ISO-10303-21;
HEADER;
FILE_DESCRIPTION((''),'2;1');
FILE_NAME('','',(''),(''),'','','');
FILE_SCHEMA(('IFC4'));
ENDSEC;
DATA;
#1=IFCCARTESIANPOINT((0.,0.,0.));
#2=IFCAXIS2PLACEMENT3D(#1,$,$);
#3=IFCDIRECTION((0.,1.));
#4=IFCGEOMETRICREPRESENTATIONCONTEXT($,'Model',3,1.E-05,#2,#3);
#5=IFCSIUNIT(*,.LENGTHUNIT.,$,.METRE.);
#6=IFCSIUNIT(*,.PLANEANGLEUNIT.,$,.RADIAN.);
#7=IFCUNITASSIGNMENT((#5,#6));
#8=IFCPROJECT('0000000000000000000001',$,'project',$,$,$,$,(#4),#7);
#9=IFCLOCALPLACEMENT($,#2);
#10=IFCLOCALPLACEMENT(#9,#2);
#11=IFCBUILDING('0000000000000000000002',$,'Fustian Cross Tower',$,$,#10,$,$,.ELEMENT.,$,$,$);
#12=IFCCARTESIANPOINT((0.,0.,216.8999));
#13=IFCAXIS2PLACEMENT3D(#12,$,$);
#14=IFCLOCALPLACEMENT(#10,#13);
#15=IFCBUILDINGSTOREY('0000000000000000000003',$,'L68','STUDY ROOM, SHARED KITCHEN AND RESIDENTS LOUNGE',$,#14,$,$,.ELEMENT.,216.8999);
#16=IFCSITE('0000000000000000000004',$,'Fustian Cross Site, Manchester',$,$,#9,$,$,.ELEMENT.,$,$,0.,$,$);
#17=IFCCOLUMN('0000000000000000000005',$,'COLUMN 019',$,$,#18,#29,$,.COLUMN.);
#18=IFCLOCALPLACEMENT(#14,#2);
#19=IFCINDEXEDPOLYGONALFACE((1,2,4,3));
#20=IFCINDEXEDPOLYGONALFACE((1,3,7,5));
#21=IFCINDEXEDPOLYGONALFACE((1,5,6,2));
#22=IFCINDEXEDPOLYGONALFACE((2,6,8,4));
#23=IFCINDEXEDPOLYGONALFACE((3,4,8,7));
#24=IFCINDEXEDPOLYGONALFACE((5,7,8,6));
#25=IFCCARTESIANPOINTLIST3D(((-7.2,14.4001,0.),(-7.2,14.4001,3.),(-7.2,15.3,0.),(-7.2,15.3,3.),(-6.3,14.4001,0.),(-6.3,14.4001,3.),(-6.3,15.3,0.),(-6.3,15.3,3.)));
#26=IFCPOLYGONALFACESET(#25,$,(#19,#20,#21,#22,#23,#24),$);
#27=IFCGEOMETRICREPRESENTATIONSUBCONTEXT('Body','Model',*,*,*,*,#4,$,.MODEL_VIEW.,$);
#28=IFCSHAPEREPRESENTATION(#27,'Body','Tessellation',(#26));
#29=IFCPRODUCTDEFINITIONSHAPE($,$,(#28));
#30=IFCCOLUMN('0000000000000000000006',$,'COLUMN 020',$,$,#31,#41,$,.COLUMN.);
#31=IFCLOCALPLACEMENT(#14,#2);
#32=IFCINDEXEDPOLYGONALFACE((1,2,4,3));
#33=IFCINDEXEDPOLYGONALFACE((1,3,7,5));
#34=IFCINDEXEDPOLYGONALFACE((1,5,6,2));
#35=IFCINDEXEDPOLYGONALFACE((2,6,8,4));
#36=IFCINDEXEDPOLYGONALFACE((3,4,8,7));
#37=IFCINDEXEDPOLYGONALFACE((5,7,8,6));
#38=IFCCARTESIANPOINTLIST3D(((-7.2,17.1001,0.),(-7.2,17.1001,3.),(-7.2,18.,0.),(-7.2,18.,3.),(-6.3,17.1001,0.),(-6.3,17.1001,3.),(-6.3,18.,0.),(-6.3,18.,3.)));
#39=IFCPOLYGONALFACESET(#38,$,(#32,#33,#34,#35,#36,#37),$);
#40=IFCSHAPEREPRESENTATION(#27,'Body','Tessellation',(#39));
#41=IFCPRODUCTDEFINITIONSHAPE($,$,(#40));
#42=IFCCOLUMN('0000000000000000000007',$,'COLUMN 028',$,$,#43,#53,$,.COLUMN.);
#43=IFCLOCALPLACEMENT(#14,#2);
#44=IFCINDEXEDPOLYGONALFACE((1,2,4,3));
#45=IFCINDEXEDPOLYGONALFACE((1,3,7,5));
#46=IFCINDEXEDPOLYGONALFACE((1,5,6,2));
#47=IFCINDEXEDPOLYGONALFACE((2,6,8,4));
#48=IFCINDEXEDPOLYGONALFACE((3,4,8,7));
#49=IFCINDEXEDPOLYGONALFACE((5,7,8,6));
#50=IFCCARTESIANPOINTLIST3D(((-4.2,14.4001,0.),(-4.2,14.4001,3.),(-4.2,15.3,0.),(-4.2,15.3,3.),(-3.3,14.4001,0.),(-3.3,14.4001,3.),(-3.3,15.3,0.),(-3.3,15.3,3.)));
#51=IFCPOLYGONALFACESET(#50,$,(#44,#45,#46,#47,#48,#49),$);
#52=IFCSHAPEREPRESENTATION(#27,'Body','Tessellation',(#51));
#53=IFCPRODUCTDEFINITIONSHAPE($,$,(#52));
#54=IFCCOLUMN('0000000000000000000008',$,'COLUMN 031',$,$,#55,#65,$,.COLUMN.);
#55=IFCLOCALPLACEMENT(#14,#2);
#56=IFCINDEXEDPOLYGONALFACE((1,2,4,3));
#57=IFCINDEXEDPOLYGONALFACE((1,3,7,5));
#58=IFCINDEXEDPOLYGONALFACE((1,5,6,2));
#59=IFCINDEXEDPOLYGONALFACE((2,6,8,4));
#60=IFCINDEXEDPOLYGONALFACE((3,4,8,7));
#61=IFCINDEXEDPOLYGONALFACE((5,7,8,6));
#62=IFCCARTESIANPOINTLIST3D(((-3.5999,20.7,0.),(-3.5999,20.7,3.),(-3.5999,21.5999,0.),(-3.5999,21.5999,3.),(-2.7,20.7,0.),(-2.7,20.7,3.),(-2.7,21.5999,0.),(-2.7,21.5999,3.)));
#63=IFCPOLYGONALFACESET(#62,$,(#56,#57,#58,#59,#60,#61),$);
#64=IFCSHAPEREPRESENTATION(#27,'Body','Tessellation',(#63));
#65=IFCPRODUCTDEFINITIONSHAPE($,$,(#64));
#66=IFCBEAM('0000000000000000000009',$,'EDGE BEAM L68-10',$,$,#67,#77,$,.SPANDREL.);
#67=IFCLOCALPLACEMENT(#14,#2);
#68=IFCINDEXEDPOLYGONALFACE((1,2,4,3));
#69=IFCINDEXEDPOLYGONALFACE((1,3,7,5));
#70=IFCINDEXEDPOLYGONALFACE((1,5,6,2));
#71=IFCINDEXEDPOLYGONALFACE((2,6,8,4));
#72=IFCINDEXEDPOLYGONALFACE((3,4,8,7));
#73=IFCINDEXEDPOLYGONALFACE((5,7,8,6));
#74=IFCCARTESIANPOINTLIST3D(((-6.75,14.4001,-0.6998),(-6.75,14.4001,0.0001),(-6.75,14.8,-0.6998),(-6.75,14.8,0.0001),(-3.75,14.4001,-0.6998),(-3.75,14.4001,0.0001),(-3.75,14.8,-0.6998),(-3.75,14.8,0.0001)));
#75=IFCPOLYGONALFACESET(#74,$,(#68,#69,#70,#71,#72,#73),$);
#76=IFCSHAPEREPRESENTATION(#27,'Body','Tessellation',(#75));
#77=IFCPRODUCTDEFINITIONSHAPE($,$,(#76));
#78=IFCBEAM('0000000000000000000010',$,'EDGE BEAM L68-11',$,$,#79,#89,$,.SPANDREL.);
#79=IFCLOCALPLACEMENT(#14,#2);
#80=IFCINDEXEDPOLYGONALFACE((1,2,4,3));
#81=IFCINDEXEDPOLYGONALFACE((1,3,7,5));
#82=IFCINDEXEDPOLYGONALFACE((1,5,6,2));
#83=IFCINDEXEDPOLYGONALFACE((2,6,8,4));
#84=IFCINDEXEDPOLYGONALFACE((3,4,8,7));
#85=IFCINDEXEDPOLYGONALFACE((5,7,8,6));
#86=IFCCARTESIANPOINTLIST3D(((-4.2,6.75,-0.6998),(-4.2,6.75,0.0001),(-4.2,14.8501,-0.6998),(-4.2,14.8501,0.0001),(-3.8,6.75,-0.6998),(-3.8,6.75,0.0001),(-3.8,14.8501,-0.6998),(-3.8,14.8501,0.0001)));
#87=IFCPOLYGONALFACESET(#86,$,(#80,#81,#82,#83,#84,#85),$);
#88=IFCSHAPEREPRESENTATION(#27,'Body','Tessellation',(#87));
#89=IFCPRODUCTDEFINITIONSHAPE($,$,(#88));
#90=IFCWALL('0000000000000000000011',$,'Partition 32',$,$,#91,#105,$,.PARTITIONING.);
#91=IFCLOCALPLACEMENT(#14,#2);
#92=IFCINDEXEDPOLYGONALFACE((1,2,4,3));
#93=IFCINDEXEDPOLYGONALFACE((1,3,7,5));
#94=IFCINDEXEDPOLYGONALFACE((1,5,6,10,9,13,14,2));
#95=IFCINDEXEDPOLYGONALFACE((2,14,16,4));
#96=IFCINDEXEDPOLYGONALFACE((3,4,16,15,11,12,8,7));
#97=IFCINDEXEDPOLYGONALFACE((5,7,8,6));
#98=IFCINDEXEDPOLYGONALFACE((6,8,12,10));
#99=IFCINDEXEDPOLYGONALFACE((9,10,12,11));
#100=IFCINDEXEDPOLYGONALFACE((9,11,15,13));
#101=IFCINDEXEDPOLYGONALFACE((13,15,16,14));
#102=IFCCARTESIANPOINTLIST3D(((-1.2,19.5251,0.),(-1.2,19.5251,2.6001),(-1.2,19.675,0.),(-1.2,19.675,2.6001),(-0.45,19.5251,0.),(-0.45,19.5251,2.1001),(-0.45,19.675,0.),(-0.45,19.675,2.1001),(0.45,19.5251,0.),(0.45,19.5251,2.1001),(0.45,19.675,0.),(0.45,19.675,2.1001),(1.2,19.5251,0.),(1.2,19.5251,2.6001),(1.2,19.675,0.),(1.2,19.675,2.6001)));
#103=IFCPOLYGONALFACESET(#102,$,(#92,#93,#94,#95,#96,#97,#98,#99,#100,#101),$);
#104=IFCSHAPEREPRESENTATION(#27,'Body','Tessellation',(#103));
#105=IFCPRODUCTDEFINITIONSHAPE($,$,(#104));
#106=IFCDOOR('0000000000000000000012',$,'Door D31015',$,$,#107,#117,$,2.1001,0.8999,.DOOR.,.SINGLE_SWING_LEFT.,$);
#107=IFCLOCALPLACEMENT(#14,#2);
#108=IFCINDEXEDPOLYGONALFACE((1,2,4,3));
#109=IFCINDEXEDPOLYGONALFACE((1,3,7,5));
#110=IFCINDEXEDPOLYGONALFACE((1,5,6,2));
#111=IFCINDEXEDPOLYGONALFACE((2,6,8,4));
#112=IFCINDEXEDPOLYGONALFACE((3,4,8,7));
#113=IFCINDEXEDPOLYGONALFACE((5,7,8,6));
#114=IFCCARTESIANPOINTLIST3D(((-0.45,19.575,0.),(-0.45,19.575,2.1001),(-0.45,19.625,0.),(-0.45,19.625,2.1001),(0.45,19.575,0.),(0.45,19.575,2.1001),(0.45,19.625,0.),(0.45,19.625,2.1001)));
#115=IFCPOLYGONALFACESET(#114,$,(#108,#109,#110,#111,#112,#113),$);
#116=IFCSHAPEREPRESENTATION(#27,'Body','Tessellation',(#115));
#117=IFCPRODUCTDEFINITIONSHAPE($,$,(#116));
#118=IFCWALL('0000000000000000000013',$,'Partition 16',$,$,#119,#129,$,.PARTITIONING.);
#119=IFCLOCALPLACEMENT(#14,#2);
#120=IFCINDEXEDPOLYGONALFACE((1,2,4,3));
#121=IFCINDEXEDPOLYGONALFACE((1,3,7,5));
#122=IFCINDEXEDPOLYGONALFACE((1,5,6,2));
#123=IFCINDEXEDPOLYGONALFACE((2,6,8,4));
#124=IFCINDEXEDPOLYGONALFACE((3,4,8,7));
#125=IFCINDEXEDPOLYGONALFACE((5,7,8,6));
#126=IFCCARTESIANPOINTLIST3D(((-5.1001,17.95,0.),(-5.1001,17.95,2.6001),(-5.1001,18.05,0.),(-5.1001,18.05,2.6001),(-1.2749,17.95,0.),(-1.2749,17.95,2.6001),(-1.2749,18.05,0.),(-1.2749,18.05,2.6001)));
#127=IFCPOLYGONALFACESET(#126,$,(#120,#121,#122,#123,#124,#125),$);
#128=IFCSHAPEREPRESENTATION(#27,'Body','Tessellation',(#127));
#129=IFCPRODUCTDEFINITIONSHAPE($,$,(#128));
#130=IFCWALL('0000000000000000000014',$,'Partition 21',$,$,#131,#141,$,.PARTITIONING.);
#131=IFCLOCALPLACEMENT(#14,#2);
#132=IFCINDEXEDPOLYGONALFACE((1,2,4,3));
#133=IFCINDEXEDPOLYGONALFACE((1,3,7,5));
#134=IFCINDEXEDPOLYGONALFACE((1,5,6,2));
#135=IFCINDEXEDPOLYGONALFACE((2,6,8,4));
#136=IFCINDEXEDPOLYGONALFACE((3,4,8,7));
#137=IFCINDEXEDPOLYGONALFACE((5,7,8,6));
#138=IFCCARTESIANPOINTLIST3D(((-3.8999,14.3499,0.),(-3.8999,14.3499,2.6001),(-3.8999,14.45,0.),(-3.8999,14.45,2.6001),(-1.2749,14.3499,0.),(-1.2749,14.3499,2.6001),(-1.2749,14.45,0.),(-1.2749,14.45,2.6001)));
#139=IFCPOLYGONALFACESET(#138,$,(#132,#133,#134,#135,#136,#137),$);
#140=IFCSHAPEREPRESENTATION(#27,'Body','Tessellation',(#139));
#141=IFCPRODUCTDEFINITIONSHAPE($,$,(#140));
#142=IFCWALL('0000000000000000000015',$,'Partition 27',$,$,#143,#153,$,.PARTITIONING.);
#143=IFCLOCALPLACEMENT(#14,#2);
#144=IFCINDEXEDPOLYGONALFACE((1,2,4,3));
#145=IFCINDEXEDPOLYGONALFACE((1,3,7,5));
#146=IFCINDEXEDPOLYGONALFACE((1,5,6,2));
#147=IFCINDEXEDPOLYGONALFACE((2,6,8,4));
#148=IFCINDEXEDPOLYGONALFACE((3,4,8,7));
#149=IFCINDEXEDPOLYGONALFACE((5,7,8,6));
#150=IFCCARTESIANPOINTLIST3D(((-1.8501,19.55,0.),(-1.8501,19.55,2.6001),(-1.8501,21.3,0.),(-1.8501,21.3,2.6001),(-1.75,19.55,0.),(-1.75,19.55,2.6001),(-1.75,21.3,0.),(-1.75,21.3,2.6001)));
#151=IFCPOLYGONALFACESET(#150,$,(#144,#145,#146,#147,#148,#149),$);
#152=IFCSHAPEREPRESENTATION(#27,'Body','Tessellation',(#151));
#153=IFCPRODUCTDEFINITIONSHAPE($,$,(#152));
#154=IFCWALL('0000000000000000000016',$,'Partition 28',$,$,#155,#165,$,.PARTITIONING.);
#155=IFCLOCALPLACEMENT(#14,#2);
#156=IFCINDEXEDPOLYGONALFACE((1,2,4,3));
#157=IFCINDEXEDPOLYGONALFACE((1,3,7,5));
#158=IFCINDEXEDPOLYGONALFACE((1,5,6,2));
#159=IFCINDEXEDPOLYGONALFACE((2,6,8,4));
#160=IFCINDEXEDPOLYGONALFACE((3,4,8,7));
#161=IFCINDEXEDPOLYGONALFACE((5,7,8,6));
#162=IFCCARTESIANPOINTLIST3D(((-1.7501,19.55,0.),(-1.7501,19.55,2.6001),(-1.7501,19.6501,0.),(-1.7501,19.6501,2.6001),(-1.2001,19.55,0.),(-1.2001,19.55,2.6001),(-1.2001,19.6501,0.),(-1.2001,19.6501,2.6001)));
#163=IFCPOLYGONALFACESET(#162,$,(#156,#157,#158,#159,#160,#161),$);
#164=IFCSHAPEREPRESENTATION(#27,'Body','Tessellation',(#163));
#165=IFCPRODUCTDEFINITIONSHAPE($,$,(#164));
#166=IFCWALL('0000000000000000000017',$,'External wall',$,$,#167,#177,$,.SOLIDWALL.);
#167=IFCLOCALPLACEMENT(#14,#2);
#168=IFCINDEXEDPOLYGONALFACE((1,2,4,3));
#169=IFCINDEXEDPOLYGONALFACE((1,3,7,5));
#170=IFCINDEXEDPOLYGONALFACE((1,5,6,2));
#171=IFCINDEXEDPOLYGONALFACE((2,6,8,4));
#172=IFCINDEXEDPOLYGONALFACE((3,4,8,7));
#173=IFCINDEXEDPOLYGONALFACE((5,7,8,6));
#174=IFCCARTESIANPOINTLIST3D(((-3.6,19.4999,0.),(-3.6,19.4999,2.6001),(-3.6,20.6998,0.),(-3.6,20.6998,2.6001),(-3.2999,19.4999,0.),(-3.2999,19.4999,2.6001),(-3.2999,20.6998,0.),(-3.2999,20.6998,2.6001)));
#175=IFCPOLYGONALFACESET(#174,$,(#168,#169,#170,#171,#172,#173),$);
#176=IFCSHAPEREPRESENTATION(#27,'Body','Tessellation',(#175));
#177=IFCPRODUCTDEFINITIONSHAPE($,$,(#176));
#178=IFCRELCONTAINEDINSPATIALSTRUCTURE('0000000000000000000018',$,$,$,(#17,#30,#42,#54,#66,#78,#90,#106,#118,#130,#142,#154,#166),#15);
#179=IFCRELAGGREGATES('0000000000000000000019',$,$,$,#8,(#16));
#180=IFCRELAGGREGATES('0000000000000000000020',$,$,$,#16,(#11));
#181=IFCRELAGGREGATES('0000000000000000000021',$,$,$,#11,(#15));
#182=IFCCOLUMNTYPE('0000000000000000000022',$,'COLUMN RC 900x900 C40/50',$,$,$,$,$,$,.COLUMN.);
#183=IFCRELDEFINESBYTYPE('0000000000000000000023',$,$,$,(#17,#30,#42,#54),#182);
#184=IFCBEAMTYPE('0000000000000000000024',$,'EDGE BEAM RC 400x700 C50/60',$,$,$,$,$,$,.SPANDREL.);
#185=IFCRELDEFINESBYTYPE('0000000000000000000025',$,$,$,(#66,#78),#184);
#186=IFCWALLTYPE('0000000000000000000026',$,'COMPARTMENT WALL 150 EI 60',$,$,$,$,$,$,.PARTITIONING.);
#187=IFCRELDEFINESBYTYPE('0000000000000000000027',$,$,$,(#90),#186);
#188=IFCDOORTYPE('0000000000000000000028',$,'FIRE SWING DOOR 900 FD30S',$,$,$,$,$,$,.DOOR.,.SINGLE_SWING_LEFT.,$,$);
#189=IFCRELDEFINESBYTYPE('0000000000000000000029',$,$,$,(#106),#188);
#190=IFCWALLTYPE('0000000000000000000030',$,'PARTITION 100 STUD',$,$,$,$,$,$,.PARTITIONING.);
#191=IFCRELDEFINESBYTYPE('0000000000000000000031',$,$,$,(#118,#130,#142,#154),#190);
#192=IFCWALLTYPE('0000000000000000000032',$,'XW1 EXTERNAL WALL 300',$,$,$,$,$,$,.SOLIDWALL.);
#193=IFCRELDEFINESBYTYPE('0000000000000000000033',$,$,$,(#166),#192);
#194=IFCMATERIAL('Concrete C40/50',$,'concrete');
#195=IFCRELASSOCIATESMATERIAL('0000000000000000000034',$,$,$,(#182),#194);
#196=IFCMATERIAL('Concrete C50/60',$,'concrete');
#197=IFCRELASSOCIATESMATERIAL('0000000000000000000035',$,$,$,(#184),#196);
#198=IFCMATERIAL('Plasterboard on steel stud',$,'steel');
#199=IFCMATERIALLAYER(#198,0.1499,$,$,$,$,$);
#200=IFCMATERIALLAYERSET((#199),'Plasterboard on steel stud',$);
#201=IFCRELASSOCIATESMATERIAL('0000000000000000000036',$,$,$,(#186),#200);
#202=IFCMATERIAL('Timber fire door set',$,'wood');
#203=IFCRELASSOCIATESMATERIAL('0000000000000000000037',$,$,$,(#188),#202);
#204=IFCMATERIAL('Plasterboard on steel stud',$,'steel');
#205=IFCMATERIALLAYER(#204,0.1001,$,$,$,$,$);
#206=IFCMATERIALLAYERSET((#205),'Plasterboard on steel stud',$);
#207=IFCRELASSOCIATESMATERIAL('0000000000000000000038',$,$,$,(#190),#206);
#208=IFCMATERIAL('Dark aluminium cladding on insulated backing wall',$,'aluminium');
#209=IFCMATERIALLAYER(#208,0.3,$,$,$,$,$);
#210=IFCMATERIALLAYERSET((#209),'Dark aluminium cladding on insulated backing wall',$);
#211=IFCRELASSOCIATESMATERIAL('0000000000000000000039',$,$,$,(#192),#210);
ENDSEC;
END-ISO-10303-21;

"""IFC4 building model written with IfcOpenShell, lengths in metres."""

from ifc_helpers import new_model, si_unit, direction, frame, frame_2d, origin, origin_2d, place, context, subcontext, project, spatial, rectangle, extrude, material, layer, layer_set, material_profile, profile_set, type_object, element, fill, save


model = new_model("IFC4")

# Units and contexts
model_context = context("Model", 3, precision=1e-05, world=origin(), true_north=direction((0.0, 1.0)))
body_context = subcontext(model_context, "Body", "Model", "MODEL_VIEW")
ifc_project = project(units=[si_unit("LENGTHUNIT", "METRE"), si_unit("PLANEANGLEUNIT", "RADIAN")], contexts=[model_context])

# Site, building, storey
site_placement = place(None, origin())
site = spatial("IfcSite", under=ifc_project, at=site_placement, Name="Fustian Cross Site, Manchester", CompositionType="ELEMENT", RefElevation=0.0)
building_placement = place(site_placement, origin())
building = spatial("IfcBuilding", under=site, at=building_placement, Name="Fustian Cross Tower", CompositionType="ELEMENT")
storey_placement = place(building_placement, frame((0.0, 0.0, 216.8999)))
storey = spatial("IfcBuildingStorey", under=building, at=storey_placement, Name="L68", Description="STUDY ROOM, SHARED KITCHEN AND RESIDENTS LOUNGE", CompositionType="ELEMENT", Elevation=216.8999)

# Columns
ifc_material_1 = material(Name="Concrete C40/50", Category="concrete")
ifc_material_profile_1 = material_profile(ifc_material_1, rectangle(XDim=0.8999, YDim=0.8999, at=origin_2d()), Name="RC 900x900")
ifc_profile_set_1 = profile_set([ifc_material_profile_1], Name="Concrete C40/50")
column_type = type_object("IfcColumnType", Name="COLUMN RC 900x900 C40/50", PredefinedType="COLUMN", material=ifc_profile_set_1)
for number, where, z_axis, x_axis, name in (
    (1, (-6.75, 14.8501, 0.0), (0.0, 0.0, 1.0), (1.0, 0.0, 0.0), "COLUMN 019"),
    (2, (-6.75, 17.55, 0.0), (0.0, 0.0, 1.0), (1.0, 0.0, 0.0), "COLUMN 020"),
    (3, (-3.75, 14.8501, 0.0), (0.0, 0.0, 1.0), (1.0, 0.0, 0.0), "COLUMN 028"),
    (4, (-3.1499, 21.1499, 0.0), (0.0, 0.0, 1.0), (1.0, 0.0, 0.0), "COLUMN 031"),
):
    element("IfcColumn", number, at=place(storey_placement, frame(where, z_axis=z_axis, x_axis=x_axis)), inside=storey, type_object=column_type, Name=name, PredefinedType="COLUMN", context=body_context, shape_type="SweptSolid", body=[
        extrude(rectangle(XDim=0.8999, YDim=0.8999, at=origin_2d()), origin(), (0.0, 0.0, 1.0), 3.0),
    ])

# Beams
ifc_material_2 = material(Name="Concrete C50/60", Category="concrete")
ifc_material_profile_2 = material_profile(ifc_material_2, rectangle(XDim=0.3999, YDim=0.7, at=origin_2d()), Name="RC 400x700")
ifc_profile_set_2 = profile_set([ifc_material_profile_2], Name="Concrete C50/60")
beam_type = type_object("IfcBeamType", Name="EDGE BEAM RC 400x700 C50/60", PredefinedType="SPANDREL", material=ifc_profile_set_2)
beam_1_placement = place(storey_placement, frame((-6.75, 14.6001, -0.3499), z_axis=(1.0, 0.0, 0.0), x_axis=(0.0, 1.0, 0.0)))
element("IfcBeam", 5, at=beam_1_placement, inside=storey, type_object=beam_type, Name="EDGE BEAM L68-10", PredefinedType="SPANDREL", context=body_context, shape_type="SweptSolid", body=[
    extrude(rectangle(XDim=0.3999, YDim=0.7, at=origin_2d()), origin(), (0.0, 0.0, 1.0), 3.0),
])
beam_2_placement = place(storey_placement, frame((-4.0, 14.8501, -0.3499), z_axis=(0.0, -1.0, 0.0), x_axis=(1.0, 0.0, 0.0)))
element("IfcBeam", 6, at=beam_2_placement, inside=storey, type_object=beam_type, Name="EDGE BEAM L68-11", PredefinedType="SPANDREL", context=body_context, shape_type="SweptSolid", body=[
    extrude(rectangle(XDim=0.3999, YDim=0.7, at=origin_2d()), origin(), (0.0, 0.0, 1.0), 8.1001),
])

# Wall, opening, door
ifc_material_3 = material(Name="Plasterboard on steel stud", Category="steel")
ifc_layer_1 = layer(ifc_material_3, 0.1499)
ifc_layer_set_1 = layer_set([ifc_layer_1], Name="Plasterboard on steel stud")
wall_type_1 = type_object("IfcWallType", Name="COMPARTMENT WALL 150 EI 60", PredefinedType="PARTITIONING", material=ifc_layer_set_1)
wall_1_placement = place(storey_placement, frame((-1.2, 19.6001, 0.0), z_axis=(0.0, 0.0, 1.0), x_axis=(1.0, 0.0, 0.0)))
wall_1 = element("IfcWall", 7, at=wall_1_placement, inside=storey, type_object=wall_type_1, Name="Partition 32", PredefinedType="PARTITIONING", context=body_context, shape_type="SweptSolid", body=[
    extrude(rectangle(XDim=2.3999, YDim=0.1499, at=frame_2d((1.2, 0.0))), origin(), (0.0, 0.0, 1.0), 2.6001),
])
opening_1_placement = place(wall_1_placement, frame((0.75, 0.0, 0.0)))
opening_1 = element("IfcOpeningElement", 8, at=opening_1_placement, cuts=wall_1, PredefinedType="OPENING", context=body_context, shape_type="SweptSolid", body=[
    extrude(rectangle(XDim=0.8999, YDim=2.1001, at=frame_2d((0.45, 1.05))), frame((0.0, 0.085, 0.0), z_axis=(0.0, -1.0, 0.0), x_axis=(1.0, 0.0, 0.0)), (0.0, 0.0, 1.0), 0.1699),
])
ifc_material_4 = material(Name="Timber fire door set", Category="wood")
door_type = type_object("IfcDoorType", Name="FIRE SWING DOOR 900 FD30S", OperationType="SINGLE_SWING_LEFT", PredefinedType="DOOR", material=ifc_material_4)
door_placement = place(opening_1_placement, origin())
door = element("IfcDoor", 9, at=door_placement, inside=storey, type_object=door_type, Name="Door D31015", OperationType="SINGLE_SWING_LEFT", OverallHeight=2.1001, OverallWidth=0.8999, PredefinedType="DOOR", context=body_context, shape_type="SweptSolid", body=[
    extrude(rectangle(XDim=0.8999, YDim=2.1001, at=frame_2d((0.45, 1.05))), frame((0.0, 0.0249, 0.0), z_axis=(0.0, -1.0, 0.0), x_axis=(1.0, 0.0, 0.0)), (0.0, 0.0, 1.0), 0.05),
])
fill(opening_1, door)

# Walls
ifc_material_5 = material(Name="Plasterboard on steel stud", Category="steel")
ifc_layer_2 = layer(ifc_material_5, 0.1001)
ifc_layer_set_2 = layer_set([ifc_layer_2], Name="Plasterboard on steel stud")
wall_type_2 = type_object("IfcWallType", Name="PARTITION 100 STUD", PredefinedType="PARTITIONING", material=ifc_layer_set_2)
wall_2_placement = place(storey_placement, frame((-5.1001, 18.0, 0.0), z_axis=(0.0, 0.0, 1.0), x_axis=(1.0, 0.0, 0.0)))
element("IfcWall", 10, at=wall_2_placement, inside=storey, type_object=wall_type_2, Name="Partition 16", PredefinedType="PARTITIONING", context=body_context, shape_type="SweptSolid", body=[
    extrude(rectangle(XDim=3.8252, YDim=0.1001, at=frame_2d((1.9126, 0.0))), origin(), (0.0, 0.0, 1.0), 2.6001),
])
wall_3_placement = place(storey_placement, frame((-3.8999, 14.3999, 0.0), z_axis=(0.0, 0.0, 1.0), x_axis=(1.0, 0.0, 0.0)))
element("IfcWall", 11, at=wall_3_placement, inside=storey, type_object=wall_type_2, Name="Partition 21", PredefinedType="PARTITIONING", context=body_context, shape_type="SweptSolid", body=[
    extrude(rectangle(XDim=2.625, YDim=0.1001, at=frame_2d((1.3125, 0.0))), origin(), (0.0, 0.0, 1.0), 2.6001),
])
wall_4_placement = place(storey_placement, frame((-1.8, 19.55, 0.0), z_axis=(0.0, 0.0, 1.0), x_axis=(0.0, 1.0, 0.0)))
element("IfcWall", 12, at=wall_4_placement, inside=storey, type_object=wall_type_2, Name="Partition 27", PredefinedType="PARTITIONING", context=body_context, shape_type="SweptSolid", body=[
    extrude(rectangle(XDim=1.75, YDim=0.1001, at=frame_2d((0.875, 0.0))), origin(), (0.0, 0.0, 1.0), 2.6001),
])
wall_5_placement = place(storey_placement, frame((-1.75, 19.6001, 0.0), z_axis=(0.0, 0.0, 1.0), x_axis=(1.0, 0.0, 0.0)))
element("IfcWall", 13, at=wall_5_placement, inside=storey, type_object=wall_type_2, Name="Partition 28", PredefinedType="PARTITIONING", context=body_context, shape_type="SweptSolid", body=[
    extrude(rectangle(XDim=0.55, YDim=0.1001, at=frame_2d((0.2749, 0.0))), origin(), (0.0, 0.0, 1.0), 2.6001),
])
ifc_material_6 = material(Name="Dark aluminium cladding on insulated backing wall", Category="aluminium")
ifc_layer_3 = layer(ifc_material_6, 0.3)
ifc_layer_set_3 = layer_set([ifc_layer_3], Name="Dark aluminium cladding on insulated backing wall")
wall_type_3 = type_object("IfcWallType", Name="XW1 EXTERNAL WALL 300", PredefinedType="SOLIDWALL", material=ifc_layer_set_3)
wall_6_placement = place(storey_placement, frame((-3.45, 20.7, 0.0), z_axis=(0.0, 0.0, 1.0), x_axis=(0.0, -1.0, 0.0)))
element("IfcWall", 14, at=wall_6_placement, inside=storey, type_object=wall_type_3, Name="External wall", PredefinedType="SOLIDWALL", context=body_context, shape_type="SweptSolid", body=[
    extrude(rectangle(XDim=1.2, YDim=0.3, at=frame_2d((0.6001, 0.0))), origin(), (0.0, 0.0, 1.0), 2.6001),
])

save(model, "model.ifc")
